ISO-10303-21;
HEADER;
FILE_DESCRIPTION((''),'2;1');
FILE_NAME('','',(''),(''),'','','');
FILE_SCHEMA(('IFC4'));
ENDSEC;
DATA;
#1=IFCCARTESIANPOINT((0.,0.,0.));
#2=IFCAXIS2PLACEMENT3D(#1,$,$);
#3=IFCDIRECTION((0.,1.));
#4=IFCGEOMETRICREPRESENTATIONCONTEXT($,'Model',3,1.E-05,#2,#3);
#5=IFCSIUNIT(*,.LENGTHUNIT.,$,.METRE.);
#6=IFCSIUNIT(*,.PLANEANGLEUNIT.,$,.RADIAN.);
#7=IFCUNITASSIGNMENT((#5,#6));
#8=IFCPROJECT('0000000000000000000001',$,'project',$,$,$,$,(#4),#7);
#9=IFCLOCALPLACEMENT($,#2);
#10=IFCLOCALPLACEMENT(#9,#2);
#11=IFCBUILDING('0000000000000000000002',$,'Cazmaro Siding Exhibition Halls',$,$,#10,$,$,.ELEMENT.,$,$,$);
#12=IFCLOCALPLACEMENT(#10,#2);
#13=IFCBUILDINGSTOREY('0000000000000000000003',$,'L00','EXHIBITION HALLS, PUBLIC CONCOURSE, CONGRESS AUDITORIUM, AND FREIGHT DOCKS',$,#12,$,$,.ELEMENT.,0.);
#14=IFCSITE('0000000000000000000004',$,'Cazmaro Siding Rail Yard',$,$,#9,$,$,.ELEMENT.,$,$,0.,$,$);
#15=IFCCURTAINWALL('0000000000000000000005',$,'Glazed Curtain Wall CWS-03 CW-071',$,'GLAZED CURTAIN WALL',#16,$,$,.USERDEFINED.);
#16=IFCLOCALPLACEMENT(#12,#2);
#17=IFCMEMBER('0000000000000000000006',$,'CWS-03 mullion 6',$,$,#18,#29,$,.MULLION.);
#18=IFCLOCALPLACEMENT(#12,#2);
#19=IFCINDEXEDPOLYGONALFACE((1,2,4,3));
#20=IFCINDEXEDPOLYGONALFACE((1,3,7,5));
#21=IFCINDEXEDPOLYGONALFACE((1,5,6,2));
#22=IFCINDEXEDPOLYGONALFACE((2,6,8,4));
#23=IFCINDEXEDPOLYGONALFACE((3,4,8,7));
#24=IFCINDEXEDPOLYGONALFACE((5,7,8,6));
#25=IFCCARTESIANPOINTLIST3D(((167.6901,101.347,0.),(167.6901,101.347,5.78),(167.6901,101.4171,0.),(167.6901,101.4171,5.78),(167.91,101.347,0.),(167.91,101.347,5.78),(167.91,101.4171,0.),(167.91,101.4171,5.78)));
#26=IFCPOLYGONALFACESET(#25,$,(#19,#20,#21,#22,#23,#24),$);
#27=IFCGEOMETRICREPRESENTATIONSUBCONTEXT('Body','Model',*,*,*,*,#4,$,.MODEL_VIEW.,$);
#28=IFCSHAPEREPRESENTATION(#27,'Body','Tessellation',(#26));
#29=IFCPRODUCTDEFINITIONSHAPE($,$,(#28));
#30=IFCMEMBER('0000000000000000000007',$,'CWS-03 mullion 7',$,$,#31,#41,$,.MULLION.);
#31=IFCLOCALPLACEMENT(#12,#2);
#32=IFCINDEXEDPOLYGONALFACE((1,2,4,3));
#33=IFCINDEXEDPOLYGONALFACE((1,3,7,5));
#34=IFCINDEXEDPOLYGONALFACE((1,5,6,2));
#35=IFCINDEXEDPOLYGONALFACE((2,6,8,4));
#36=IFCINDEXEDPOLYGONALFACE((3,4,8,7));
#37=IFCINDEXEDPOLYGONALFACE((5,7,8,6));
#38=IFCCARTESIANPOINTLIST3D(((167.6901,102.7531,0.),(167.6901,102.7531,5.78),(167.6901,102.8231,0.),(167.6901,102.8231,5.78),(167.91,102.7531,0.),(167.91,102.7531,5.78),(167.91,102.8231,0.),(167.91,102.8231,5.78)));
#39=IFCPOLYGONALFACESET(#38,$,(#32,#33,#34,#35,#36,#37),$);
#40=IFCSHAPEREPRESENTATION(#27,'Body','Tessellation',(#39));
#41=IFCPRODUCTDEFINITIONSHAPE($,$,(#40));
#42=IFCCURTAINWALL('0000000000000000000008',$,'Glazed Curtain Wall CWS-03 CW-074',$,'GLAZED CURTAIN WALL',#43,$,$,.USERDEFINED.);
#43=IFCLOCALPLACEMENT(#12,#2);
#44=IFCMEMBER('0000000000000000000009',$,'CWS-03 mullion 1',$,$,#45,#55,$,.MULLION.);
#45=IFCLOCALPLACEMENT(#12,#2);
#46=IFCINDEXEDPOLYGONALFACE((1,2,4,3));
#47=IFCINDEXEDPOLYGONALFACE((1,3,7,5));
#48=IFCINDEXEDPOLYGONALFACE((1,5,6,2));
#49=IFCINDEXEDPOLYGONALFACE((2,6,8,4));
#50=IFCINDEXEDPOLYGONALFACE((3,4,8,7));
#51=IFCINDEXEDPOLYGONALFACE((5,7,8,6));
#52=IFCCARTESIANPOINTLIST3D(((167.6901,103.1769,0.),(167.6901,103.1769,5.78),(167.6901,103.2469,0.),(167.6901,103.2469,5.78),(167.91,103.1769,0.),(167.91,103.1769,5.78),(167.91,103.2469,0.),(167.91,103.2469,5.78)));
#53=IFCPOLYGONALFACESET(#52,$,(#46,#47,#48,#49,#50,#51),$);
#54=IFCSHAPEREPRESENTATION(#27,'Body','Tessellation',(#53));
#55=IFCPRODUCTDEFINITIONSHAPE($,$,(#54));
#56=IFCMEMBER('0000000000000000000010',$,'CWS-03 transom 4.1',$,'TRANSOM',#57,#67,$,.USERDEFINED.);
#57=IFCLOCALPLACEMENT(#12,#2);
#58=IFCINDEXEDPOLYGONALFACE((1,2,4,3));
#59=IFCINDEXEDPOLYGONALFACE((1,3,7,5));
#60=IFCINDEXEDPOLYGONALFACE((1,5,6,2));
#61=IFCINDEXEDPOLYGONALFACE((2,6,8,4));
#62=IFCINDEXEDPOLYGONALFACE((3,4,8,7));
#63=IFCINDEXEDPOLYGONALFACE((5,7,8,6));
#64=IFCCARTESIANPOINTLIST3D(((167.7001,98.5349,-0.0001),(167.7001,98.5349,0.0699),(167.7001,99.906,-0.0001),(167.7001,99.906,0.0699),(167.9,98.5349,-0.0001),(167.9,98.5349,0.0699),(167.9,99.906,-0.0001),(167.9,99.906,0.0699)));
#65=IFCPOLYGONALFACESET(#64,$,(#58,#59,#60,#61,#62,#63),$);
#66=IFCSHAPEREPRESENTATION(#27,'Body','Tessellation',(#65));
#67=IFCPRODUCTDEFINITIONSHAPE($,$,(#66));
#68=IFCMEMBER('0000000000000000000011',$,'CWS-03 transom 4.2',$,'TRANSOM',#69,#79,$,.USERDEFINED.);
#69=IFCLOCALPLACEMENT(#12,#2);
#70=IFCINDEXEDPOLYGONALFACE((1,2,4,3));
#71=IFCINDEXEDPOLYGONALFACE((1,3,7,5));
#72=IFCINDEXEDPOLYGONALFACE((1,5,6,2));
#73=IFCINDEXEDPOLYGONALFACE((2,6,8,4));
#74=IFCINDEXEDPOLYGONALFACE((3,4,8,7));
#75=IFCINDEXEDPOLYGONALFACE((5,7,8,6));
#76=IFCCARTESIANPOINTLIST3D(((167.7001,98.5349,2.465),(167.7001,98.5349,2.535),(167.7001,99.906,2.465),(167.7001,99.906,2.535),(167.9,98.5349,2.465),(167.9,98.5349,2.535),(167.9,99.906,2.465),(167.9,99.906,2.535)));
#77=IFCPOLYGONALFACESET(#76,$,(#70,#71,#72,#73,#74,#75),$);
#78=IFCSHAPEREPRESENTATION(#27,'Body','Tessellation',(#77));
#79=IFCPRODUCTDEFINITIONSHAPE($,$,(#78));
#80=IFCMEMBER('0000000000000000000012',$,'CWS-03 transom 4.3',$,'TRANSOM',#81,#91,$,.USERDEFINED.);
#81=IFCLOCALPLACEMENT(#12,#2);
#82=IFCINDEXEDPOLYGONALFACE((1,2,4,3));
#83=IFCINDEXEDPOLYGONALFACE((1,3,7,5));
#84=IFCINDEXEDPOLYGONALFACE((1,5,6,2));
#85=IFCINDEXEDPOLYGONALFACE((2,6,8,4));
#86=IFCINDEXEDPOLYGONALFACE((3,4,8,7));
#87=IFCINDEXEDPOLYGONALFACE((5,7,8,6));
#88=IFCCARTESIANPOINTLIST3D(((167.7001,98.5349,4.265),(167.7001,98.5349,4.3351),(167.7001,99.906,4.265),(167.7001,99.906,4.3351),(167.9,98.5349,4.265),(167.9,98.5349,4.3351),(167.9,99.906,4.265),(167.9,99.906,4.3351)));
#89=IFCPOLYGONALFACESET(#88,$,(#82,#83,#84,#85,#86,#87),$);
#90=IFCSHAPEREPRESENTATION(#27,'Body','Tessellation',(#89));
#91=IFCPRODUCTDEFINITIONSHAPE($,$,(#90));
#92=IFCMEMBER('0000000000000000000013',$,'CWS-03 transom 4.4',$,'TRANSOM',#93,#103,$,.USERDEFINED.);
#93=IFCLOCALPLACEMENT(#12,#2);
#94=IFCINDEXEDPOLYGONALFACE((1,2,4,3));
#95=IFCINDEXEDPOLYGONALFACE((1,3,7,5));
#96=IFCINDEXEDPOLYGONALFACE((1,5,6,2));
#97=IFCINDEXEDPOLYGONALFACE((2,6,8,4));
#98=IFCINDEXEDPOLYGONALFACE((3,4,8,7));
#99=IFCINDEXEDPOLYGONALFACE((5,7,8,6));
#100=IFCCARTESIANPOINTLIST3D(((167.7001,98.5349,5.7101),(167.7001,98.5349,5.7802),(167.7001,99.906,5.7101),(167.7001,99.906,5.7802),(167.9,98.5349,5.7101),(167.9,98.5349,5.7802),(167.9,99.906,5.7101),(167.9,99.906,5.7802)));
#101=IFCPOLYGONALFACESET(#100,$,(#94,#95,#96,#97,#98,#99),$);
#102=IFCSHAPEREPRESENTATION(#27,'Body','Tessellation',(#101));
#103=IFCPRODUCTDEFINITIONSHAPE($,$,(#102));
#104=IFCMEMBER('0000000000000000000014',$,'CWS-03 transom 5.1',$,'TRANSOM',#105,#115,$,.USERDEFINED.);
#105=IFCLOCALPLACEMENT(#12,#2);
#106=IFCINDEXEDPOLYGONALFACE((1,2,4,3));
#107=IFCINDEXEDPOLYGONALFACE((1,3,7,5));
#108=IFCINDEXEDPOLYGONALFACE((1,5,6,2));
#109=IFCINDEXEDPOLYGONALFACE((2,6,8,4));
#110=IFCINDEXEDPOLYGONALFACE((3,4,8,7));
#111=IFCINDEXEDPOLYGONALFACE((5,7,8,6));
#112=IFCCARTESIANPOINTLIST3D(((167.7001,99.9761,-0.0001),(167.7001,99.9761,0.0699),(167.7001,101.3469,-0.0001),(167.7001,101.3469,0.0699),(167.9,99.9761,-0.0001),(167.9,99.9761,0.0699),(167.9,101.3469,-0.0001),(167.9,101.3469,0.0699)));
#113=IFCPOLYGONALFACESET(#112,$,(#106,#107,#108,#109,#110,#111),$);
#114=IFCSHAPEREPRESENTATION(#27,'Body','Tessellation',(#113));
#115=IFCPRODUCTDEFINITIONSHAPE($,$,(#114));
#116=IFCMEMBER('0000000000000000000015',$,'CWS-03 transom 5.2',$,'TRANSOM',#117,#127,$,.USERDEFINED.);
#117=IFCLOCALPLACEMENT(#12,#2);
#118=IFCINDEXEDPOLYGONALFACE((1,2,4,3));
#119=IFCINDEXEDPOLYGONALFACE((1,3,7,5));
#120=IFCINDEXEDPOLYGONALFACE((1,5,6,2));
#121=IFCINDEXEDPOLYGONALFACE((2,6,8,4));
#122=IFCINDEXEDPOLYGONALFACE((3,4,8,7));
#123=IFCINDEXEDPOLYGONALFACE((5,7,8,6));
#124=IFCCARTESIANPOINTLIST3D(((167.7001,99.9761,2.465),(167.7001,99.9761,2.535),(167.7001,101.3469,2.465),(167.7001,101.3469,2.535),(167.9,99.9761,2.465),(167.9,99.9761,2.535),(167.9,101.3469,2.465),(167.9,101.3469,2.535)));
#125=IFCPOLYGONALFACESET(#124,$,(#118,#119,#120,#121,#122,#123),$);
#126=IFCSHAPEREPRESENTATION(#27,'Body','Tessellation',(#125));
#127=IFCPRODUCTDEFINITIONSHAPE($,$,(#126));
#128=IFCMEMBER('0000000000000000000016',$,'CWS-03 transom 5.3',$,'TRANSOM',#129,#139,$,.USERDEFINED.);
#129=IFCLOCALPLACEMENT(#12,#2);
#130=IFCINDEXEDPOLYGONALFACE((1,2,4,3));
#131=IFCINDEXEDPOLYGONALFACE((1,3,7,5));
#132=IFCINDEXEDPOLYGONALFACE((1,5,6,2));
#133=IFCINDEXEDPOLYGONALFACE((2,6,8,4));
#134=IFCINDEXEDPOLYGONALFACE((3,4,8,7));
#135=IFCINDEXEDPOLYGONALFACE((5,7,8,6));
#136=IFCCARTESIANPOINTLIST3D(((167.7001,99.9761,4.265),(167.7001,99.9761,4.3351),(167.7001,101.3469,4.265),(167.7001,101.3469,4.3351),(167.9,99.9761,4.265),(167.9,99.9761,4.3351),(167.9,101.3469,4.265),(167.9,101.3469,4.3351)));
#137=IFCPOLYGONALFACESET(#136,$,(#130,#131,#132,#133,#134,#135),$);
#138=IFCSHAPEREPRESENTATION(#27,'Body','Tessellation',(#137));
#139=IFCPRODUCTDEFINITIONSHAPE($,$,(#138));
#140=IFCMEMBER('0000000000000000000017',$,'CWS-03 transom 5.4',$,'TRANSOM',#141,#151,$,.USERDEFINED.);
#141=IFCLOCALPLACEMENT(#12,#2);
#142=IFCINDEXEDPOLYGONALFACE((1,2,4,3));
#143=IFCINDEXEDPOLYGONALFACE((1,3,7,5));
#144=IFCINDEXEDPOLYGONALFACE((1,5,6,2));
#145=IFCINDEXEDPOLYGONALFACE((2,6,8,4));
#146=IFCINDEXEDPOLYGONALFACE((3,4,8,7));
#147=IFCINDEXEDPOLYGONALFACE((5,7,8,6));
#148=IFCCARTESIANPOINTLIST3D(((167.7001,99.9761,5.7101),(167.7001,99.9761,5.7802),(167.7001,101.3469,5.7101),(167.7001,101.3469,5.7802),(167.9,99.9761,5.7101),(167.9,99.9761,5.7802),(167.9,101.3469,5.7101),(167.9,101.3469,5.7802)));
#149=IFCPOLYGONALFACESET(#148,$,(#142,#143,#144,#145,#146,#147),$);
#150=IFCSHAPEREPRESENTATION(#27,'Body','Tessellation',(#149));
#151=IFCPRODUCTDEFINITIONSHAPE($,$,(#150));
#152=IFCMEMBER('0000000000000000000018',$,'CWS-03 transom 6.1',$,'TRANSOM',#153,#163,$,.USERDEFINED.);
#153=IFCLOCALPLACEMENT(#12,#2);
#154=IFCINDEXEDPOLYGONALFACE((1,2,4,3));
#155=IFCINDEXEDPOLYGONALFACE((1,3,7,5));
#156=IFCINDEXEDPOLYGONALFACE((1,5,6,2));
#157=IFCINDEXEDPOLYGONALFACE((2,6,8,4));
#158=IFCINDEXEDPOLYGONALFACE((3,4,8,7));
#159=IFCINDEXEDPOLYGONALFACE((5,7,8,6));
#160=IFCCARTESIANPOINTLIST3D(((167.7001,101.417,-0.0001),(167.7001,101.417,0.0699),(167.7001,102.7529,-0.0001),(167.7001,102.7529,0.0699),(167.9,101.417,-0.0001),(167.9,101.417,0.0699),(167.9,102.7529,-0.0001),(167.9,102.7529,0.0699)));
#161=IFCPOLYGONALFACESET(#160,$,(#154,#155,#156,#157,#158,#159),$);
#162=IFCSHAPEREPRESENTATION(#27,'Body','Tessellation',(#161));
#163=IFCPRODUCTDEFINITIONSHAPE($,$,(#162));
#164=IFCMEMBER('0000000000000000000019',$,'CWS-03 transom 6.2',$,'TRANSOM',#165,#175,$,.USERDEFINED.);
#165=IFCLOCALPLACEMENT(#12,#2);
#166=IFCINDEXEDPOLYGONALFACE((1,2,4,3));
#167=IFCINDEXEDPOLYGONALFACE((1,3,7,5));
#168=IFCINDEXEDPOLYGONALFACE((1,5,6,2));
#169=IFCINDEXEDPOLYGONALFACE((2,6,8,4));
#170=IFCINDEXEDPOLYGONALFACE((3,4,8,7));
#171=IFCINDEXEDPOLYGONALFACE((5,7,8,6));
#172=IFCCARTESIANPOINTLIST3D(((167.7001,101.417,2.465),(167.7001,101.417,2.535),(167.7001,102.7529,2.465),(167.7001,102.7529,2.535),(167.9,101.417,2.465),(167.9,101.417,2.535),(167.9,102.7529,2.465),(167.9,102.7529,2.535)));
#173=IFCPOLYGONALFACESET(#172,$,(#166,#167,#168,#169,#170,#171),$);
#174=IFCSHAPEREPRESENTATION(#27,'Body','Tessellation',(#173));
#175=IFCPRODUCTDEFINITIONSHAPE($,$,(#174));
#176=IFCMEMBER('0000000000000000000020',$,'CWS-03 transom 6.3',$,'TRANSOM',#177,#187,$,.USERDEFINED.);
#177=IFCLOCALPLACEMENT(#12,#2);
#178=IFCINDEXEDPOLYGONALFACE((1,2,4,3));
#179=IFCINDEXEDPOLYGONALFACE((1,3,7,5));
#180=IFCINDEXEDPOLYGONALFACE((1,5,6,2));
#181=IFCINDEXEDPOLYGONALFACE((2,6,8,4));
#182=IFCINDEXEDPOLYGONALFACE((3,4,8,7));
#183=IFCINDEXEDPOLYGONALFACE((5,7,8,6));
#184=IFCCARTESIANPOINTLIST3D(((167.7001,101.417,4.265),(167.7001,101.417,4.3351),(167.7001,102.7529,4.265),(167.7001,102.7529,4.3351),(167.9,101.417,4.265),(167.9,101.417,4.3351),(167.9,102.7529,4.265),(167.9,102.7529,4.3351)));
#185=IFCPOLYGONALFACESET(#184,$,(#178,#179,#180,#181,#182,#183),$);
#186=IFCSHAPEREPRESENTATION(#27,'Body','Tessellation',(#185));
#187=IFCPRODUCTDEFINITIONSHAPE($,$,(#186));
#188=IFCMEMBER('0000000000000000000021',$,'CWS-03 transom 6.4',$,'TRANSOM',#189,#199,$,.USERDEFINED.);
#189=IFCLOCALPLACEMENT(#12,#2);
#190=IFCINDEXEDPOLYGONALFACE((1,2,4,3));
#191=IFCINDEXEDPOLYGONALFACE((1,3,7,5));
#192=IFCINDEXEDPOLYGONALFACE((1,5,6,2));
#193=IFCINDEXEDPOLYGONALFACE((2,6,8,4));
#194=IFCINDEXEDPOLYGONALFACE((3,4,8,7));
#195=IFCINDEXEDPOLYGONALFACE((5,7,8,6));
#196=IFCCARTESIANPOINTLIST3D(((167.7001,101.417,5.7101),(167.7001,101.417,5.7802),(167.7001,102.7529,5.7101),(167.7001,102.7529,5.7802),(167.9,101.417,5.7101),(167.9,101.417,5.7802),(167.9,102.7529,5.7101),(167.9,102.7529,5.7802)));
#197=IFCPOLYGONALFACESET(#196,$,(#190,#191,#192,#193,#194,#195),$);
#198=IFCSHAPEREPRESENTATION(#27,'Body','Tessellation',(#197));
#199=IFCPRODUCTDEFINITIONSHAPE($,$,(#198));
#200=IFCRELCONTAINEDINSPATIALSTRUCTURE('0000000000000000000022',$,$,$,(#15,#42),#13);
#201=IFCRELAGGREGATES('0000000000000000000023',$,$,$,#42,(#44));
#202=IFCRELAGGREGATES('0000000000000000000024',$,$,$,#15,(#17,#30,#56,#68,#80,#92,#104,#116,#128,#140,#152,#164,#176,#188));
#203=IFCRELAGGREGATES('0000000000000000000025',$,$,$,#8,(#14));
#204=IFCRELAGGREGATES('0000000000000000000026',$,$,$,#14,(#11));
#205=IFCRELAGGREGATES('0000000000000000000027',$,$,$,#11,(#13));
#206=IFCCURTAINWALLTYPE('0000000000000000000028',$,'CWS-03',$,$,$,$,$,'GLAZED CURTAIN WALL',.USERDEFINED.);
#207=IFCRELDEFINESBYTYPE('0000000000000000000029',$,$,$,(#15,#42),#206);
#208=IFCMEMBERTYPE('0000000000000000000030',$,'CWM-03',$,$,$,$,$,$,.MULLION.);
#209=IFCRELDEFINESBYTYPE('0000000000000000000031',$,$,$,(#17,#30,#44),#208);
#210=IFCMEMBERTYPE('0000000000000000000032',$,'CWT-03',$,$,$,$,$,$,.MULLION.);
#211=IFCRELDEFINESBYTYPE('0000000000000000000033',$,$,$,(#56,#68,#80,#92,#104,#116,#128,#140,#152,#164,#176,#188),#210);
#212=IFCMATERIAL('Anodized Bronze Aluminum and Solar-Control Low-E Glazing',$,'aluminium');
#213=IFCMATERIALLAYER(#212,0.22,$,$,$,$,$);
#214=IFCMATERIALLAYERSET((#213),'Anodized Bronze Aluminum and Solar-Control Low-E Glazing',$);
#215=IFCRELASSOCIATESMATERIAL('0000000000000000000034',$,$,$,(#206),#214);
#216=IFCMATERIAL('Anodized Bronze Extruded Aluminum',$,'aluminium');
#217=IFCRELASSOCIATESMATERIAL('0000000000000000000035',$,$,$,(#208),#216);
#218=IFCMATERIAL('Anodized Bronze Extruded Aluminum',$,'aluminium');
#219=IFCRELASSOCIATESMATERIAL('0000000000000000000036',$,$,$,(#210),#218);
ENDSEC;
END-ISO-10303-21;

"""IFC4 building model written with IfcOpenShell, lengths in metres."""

from ifc_helpers import new_model, si_unit, direction, frame, origin, origin_2d, place, context, subcontext, project, spatial, rectangle, extrude, material, layer, layer_set, material_profile, profile_set, type_object, element, aggregate, save


model = new_model("IFC4")

# Units and contexts
model_context = context("Model", 3, precision=1e-05, world=origin(), true_north=direction((0.0, 1.0)))
body_context = subcontext(model_context, "Body", "Model", "MODEL_VIEW")
ifc_project = project(units=[si_unit("LENGTHUNIT", "METRE"), si_unit("PLANEANGLEUNIT", "RADIAN")], contexts=[model_context])

# Site, building, storey
site_placement = place(None, origin())
site = spatial("IfcSite", under=ifc_project, at=site_placement, Name="Cazmaro Siding Rail Yard", CompositionType="ELEMENT", RefElevation=0.0)
building_placement = place(site_placement, origin())
building = spatial("IfcBuilding", under=site, at=building_placement, Name="Cazmaro Siding Exhibition Halls", CompositionType="ELEMENT")
storey_placement = place(building_placement, origin())
storey = spatial("IfcBuildingStorey", under=building, at=storey_placement, Name="L00", Description="EXHIBITION HALLS, PUBLIC CONCOURSE, CONGRESS AUDITORIUM, AND FREIGHT DOCKS", CompositionType="ELEMENT", Elevation=0.0)

# Curtain wall, members
ifc_material_1 = material(Name="Anodized Bronze Aluminum and Solar-Control Low-E Glazing", Category="aluminium")
ifc_layer_1 = layer(ifc_material_1, 0.22)
ifc_layer_set_1 = layer_set([ifc_layer_1], Name="Anodized Bronze Aluminum and Solar-Control Low-E Glazing")
curtain_wall_type = type_object("IfcCurtainWallType", Name="CWS-03", ElementType="GLAZED CURTAIN WALL", PredefinedType="USERDEFINED", material=ifc_layer_set_1)
curtain_wall_1_placement = place(storey_placement, origin())
curtain_wall_1 = element("IfcCurtainWall", 1, at=curtain_wall_1_placement, inside=storey, type_object=curtain_wall_type, Name="Glazed Curtain Wall CWS-03 CW-071", ObjectType="GLAZED CURTAIN WALL", PredefinedType="USERDEFINED")
ifc_material_2 = material(Name="Anodized Bronze Extruded Aluminum", Category="aluminium")
ifc_material_profile_1 = material_profile(ifc_material_2, rectangle(XDim=0.22, YDim=0.0701, at=origin_2d()), Name="CWM-03")
ifc_profile_set_1 = profile_set([ifc_material_profile_1], Name="Anodized Bronze Extruded Aluminum")
member_type_1 = type_object("IfcMemberType", Name="CWM-03", PredefinedType="MULLION", material=ifc_profile_set_1)
member_1_placement = place(storey_placement, frame((167.8, 101.3821, 0.0), z_axis=(0.0, 0.0, 1.0), x_axis=(-1.0, 0.0, 0.0)))
member_1 = element("IfcMember", 2, at=member_1_placement, type_object=member_type_1, Name="CWS-03 mullion 6", PredefinedType="MULLION", context=body_context, shape_type="SweptSolid", body=[
    extrude(rectangle(XDim=0.22, YDim=0.0701, at=origin_2d()), origin(), (0.0, 0.0, 1.0), 5.78),
])
member_2_placement = place(storey_placement, frame((167.8, 102.7881, 0.0), z_axis=(0.0, 0.0, 1.0), x_axis=(-1.0, 0.0, 0.0)))
member_2 = element("IfcMember", 3, at=member_2_placement, type_object=member_type_1, Name="CWS-03 mullion 7", PredefinedType="MULLION", context=body_context, shape_type="SweptSolid", body=[
    extrude(rectangle(XDim=0.22, YDim=0.0701, at=origin_2d()), origin(), (0.0, 0.0, 1.0), 5.78),
])

# Curtain wall, member
curtain_wall_2_placement = place(storey_placement, origin())
curtain_wall_2 = element("IfcCurtainWall", 4, at=curtain_wall_2_placement, inside=storey, type_object=curtain_wall_type, Name="Glazed Curtain Wall CWS-03 CW-074", ObjectType="GLAZED CURTAIN WALL", PredefinedType="USERDEFINED")
member_3_placement = place(storey_placement, frame((167.8, 103.2119, 0.0), z_axis=(0.0, 0.0, 1.0), x_axis=(-1.0, 0.0, 0.0)))
member_3 = element("IfcMember", 5, at=member_3_placement, type_object=member_type_1, Name="CWS-03 mullion 1", PredefinedType="MULLION", context=body_context, shape_type="SweptSolid", body=[
    extrude(rectangle(XDim=0.22, YDim=0.0701, at=origin_2d()), origin(), (0.0, 0.0, 1.0), 5.78),
])

# Members
ifc_material_3 = material(Name="Anodized Bronze Extruded Aluminum", Category="aluminium")
ifc_material_profile_2 = material_profile(ifc_material_3, rectangle(XDim=0.2, YDim=0.0701, at=origin_2d()), Name="CWT-03")
ifc_profile_set_2 = profile_set([ifc_material_profile_2], Name="Anodized Bronze Extruded Aluminum")
member_type_2 = type_object("IfcMemberType", Name="CWT-03", PredefinedType="MULLION", material=ifc_profile_set_2)
member_4_placement = place(storey_placement, frame((167.8, 98.5349, 0.0349), z_axis=(0.0, 1.0, 0.0), x_axis=(-1.0, 0.0, 0.0)))
member_4 = element("IfcMember", 6, at=member_4_placement, type_object=member_type_2, Name="CWS-03 transom 4.1", ObjectType="TRANSOM", PredefinedType="USERDEFINED", context=body_context, shape_type="SweptSolid", body=[
    extrude(rectangle(XDim=0.2, YDim=0.0701, at=origin_2d()), origin(), (0.0, 0.0, 1.0), 1.3711),
])
member_5_placement = place(storey_placement, frame((167.8, 98.5349, 2.5), z_axis=(0.0, 1.0, 0.0), x_axis=(-1.0, 0.0, 0.0)))
member_5 = element("IfcMember", 7, at=member_5_placement, type_object=member_type_2, Name="CWS-03 transom 4.2", ObjectType="TRANSOM", PredefinedType="USERDEFINED", context=body_context, shape_type="SweptSolid", body=[
    extrude(rectangle(XDim=0.2, YDim=0.0701, at=origin_2d()), origin(), (0.0, 0.0, 1.0), 1.3711),
])
member_6_placement = place(storey_placement, frame((167.8, 98.5349, 4.3), z_axis=(0.0, 1.0, 0.0), x_axis=(-1.0, 0.0, 0.0)))
member_6 = element("IfcMember", 8, at=member_6_placement, type_object=member_type_2, Name="CWS-03 transom 4.3", ObjectType="TRANSOM", PredefinedType="USERDEFINED", context=body_context, shape_type="SweptSolid", body=[
    extrude(rectangle(XDim=0.2, YDim=0.0701, at=origin_2d()), origin(), (0.0, 0.0, 1.0), 1.3711),
])
member_7_placement = place(storey_placement, frame((167.8, 98.5349, 5.7451), z_axis=(0.0, 1.0, 0.0), x_axis=(-1.0, 0.0, 0.0)))
member_7 = element("IfcMember", 9, at=member_7_placement, type_object=member_type_2, Name="CWS-03 transom 4.4", ObjectType="TRANSOM", PredefinedType="USERDEFINED", context=body_context, shape_type="SweptSolid", body=[
    extrude(rectangle(XDim=0.2, YDim=0.0701, at=origin_2d()), origin(), (0.0, 0.0, 1.0), 1.3711),
])
member_8_placement = place(storey_placement, frame((167.8, 99.9761, 0.0349), z_axis=(0.0, 1.0, 0.0), x_axis=(-1.0, 0.0, 0.0)))
member_8 = element("IfcMember", 10, at=member_8_placement, type_object=member_type_2, Name="CWS-03 transom 5.1", ObjectType="TRANSOM", PredefinedType="USERDEFINED", context=body_context, shape_type="SweptSolid", body=[
    extrude(rectangle(XDim=0.2, YDim=0.0701, at=origin_2d()), origin(), (0.0, 0.0, 1.0), 1.3708),
])
member_9_placement = place(storey_placement, frame((167.8, 99.9761, 2.5), z_axis=(0.0, 1.0, 0.0), x_axis=(-1.0, 0.0, 0.0)))
member_9 = element("IfcMember", 11, at=member_9_placement, type_object=member_type_2, Name="CWS-03 transom 5.2", ObjectType="TRANSOM", PredefinedType="USERDEFINED", context=body_context, shape_type="SweptSolid", body=[
    extrude(rectangle(XDim=0.2, YDim=0.0701, at=origin_2d()), origin(), (0.0, 0.0, 1.0), 1.3708),
])
member_10_placement = place(storey_placement, frame((167.8, 99.9761, 4.3), z_axis=(0.0, 1.0, 0.0), x_axis=(-1.0, 0.0, 0.0)))
member_10 = element("IfcMember", 12, at=member_10_placement, type_object=member_type_2, Name="CWS-03 transom 5.3", ObjectType="TRANSOM", PredefinedType="USERDEFINED", context=body_context, shape_type="SweptSolid", body=[
    extrude(rectangle(XDim=0.2, YDim=0.0701, at=origin_2d()), origin(), (0.0, 0.0, 1.0), 1.3708),
])
member_11_placement = place(storey_placement, frame((167.8, 99.9761, 5.7451), z_axis=(0.0, 1.0, 0.0), x_axis=(-1.0, 0.0, 0.0)))
member_11 = element("IfcMember", 13, at=member_11_placement, type_object=member_type_2, Name="CWS-03 transom 5.4", ObjectType="TRANSOM", PredefinedType="USERDEFINED", context=body_context, shape_type="SweptSolid", body=[
    extrude(rectangle(XDim=0.2, YDim=0.0701, at=origin_2d()), origin(), (0.0, 0.0, 1.0), 1.3708),
])
member_12_placement = place(storey_placement, frame((167.8, 101.417, 0.0349), z_axis=(0.0, 1.0, 0.0), x_axis=(-1.0, 0.0, 0.0)))
member_12 = element("IfcMember", 14, at=member_12_placement, type_object=member_type_2, Name="CWS-03 transom 6.1", ObjectType="TRANSOM", PredefinedType="USERDEFINED", context=body_context, shape_type="SweptSolid", body=[
    extrude(rectangle(XDim=0.2, YDim=0.0701, at=origin_2d()), origin(), (0.0, 0.0, 1.0), 1.3359),
])
member_13_placement = place(storey_placement, frame((167.8, 101.417, 2.5), z_axis=(0.0, 1.0, 0.0), x_axis=(-1.0, 0.0, 0.0)))
member_13 = element("IfcMember", 15, at=member_13_placement, type_object=member_type_2, Name="CWS-03 transom 6.2", ObjectType="TRANSOM", PredefinedType="USERDEFINED", context=body_context, shape_type="SweptSolid", body=[
    extrude(rectangle(XDim=0.2, YDim=0.0701, at=origin_2d()), origin(), (0.0, 0.0, 1.0), 1.3359),
])
member_14_placement = place(storey_placement, frame((167.8, 101.417, 4.3), z_axis=(0.0, 1.0, 0.0), x_axis=(-1.0, 0.0, 0.0)))
member_14 = element("IfcMember", 16, at=member_14_placement, type_object=member_type_2, Name="CWS-03 transom 6.3", ObjectType="TRANSOM", PredefinedType="USERDEFINED", context=body_context, shape_type="SweptSolid", body=[
    extrude(rectangle(XDim=0.2, YDim=0.0701, at=origin_2d()), origin(), (0.0, 0.0, 1.0), 1.3359),
])
member_15_placement = place(storey_placement, frame((167.8, 101.417, 5.7451), z_axis=(0.0, 1.0, 0.0), x_axis=(-1.0, 0.0, 0.0)))
member_15 = element("IfcMember", 17, at=member_15_placement, type_object=member_type_2, Name="CWS-03 transom 6.4", ObjectType="TRANSOM", PredefinedType="USERDEFINED", context=body_context, shape_type="SweptSolid", body=[
    extrude(rectangle(XDim=0.2, YDim=0.0701, at=origin_2d()), origin(), (0.0, 0.0, 1.0), 1.3359),
])
aggregate(curtain_wall_2, [member_3])

aggregate(curtain_wall_1, [member_1, member_2, member_4, member_5, member_6, member_7, member_8, member_9, member_10, member_11, member_12, member_13, member_14, member_15])

save(model, "model.ifc")
